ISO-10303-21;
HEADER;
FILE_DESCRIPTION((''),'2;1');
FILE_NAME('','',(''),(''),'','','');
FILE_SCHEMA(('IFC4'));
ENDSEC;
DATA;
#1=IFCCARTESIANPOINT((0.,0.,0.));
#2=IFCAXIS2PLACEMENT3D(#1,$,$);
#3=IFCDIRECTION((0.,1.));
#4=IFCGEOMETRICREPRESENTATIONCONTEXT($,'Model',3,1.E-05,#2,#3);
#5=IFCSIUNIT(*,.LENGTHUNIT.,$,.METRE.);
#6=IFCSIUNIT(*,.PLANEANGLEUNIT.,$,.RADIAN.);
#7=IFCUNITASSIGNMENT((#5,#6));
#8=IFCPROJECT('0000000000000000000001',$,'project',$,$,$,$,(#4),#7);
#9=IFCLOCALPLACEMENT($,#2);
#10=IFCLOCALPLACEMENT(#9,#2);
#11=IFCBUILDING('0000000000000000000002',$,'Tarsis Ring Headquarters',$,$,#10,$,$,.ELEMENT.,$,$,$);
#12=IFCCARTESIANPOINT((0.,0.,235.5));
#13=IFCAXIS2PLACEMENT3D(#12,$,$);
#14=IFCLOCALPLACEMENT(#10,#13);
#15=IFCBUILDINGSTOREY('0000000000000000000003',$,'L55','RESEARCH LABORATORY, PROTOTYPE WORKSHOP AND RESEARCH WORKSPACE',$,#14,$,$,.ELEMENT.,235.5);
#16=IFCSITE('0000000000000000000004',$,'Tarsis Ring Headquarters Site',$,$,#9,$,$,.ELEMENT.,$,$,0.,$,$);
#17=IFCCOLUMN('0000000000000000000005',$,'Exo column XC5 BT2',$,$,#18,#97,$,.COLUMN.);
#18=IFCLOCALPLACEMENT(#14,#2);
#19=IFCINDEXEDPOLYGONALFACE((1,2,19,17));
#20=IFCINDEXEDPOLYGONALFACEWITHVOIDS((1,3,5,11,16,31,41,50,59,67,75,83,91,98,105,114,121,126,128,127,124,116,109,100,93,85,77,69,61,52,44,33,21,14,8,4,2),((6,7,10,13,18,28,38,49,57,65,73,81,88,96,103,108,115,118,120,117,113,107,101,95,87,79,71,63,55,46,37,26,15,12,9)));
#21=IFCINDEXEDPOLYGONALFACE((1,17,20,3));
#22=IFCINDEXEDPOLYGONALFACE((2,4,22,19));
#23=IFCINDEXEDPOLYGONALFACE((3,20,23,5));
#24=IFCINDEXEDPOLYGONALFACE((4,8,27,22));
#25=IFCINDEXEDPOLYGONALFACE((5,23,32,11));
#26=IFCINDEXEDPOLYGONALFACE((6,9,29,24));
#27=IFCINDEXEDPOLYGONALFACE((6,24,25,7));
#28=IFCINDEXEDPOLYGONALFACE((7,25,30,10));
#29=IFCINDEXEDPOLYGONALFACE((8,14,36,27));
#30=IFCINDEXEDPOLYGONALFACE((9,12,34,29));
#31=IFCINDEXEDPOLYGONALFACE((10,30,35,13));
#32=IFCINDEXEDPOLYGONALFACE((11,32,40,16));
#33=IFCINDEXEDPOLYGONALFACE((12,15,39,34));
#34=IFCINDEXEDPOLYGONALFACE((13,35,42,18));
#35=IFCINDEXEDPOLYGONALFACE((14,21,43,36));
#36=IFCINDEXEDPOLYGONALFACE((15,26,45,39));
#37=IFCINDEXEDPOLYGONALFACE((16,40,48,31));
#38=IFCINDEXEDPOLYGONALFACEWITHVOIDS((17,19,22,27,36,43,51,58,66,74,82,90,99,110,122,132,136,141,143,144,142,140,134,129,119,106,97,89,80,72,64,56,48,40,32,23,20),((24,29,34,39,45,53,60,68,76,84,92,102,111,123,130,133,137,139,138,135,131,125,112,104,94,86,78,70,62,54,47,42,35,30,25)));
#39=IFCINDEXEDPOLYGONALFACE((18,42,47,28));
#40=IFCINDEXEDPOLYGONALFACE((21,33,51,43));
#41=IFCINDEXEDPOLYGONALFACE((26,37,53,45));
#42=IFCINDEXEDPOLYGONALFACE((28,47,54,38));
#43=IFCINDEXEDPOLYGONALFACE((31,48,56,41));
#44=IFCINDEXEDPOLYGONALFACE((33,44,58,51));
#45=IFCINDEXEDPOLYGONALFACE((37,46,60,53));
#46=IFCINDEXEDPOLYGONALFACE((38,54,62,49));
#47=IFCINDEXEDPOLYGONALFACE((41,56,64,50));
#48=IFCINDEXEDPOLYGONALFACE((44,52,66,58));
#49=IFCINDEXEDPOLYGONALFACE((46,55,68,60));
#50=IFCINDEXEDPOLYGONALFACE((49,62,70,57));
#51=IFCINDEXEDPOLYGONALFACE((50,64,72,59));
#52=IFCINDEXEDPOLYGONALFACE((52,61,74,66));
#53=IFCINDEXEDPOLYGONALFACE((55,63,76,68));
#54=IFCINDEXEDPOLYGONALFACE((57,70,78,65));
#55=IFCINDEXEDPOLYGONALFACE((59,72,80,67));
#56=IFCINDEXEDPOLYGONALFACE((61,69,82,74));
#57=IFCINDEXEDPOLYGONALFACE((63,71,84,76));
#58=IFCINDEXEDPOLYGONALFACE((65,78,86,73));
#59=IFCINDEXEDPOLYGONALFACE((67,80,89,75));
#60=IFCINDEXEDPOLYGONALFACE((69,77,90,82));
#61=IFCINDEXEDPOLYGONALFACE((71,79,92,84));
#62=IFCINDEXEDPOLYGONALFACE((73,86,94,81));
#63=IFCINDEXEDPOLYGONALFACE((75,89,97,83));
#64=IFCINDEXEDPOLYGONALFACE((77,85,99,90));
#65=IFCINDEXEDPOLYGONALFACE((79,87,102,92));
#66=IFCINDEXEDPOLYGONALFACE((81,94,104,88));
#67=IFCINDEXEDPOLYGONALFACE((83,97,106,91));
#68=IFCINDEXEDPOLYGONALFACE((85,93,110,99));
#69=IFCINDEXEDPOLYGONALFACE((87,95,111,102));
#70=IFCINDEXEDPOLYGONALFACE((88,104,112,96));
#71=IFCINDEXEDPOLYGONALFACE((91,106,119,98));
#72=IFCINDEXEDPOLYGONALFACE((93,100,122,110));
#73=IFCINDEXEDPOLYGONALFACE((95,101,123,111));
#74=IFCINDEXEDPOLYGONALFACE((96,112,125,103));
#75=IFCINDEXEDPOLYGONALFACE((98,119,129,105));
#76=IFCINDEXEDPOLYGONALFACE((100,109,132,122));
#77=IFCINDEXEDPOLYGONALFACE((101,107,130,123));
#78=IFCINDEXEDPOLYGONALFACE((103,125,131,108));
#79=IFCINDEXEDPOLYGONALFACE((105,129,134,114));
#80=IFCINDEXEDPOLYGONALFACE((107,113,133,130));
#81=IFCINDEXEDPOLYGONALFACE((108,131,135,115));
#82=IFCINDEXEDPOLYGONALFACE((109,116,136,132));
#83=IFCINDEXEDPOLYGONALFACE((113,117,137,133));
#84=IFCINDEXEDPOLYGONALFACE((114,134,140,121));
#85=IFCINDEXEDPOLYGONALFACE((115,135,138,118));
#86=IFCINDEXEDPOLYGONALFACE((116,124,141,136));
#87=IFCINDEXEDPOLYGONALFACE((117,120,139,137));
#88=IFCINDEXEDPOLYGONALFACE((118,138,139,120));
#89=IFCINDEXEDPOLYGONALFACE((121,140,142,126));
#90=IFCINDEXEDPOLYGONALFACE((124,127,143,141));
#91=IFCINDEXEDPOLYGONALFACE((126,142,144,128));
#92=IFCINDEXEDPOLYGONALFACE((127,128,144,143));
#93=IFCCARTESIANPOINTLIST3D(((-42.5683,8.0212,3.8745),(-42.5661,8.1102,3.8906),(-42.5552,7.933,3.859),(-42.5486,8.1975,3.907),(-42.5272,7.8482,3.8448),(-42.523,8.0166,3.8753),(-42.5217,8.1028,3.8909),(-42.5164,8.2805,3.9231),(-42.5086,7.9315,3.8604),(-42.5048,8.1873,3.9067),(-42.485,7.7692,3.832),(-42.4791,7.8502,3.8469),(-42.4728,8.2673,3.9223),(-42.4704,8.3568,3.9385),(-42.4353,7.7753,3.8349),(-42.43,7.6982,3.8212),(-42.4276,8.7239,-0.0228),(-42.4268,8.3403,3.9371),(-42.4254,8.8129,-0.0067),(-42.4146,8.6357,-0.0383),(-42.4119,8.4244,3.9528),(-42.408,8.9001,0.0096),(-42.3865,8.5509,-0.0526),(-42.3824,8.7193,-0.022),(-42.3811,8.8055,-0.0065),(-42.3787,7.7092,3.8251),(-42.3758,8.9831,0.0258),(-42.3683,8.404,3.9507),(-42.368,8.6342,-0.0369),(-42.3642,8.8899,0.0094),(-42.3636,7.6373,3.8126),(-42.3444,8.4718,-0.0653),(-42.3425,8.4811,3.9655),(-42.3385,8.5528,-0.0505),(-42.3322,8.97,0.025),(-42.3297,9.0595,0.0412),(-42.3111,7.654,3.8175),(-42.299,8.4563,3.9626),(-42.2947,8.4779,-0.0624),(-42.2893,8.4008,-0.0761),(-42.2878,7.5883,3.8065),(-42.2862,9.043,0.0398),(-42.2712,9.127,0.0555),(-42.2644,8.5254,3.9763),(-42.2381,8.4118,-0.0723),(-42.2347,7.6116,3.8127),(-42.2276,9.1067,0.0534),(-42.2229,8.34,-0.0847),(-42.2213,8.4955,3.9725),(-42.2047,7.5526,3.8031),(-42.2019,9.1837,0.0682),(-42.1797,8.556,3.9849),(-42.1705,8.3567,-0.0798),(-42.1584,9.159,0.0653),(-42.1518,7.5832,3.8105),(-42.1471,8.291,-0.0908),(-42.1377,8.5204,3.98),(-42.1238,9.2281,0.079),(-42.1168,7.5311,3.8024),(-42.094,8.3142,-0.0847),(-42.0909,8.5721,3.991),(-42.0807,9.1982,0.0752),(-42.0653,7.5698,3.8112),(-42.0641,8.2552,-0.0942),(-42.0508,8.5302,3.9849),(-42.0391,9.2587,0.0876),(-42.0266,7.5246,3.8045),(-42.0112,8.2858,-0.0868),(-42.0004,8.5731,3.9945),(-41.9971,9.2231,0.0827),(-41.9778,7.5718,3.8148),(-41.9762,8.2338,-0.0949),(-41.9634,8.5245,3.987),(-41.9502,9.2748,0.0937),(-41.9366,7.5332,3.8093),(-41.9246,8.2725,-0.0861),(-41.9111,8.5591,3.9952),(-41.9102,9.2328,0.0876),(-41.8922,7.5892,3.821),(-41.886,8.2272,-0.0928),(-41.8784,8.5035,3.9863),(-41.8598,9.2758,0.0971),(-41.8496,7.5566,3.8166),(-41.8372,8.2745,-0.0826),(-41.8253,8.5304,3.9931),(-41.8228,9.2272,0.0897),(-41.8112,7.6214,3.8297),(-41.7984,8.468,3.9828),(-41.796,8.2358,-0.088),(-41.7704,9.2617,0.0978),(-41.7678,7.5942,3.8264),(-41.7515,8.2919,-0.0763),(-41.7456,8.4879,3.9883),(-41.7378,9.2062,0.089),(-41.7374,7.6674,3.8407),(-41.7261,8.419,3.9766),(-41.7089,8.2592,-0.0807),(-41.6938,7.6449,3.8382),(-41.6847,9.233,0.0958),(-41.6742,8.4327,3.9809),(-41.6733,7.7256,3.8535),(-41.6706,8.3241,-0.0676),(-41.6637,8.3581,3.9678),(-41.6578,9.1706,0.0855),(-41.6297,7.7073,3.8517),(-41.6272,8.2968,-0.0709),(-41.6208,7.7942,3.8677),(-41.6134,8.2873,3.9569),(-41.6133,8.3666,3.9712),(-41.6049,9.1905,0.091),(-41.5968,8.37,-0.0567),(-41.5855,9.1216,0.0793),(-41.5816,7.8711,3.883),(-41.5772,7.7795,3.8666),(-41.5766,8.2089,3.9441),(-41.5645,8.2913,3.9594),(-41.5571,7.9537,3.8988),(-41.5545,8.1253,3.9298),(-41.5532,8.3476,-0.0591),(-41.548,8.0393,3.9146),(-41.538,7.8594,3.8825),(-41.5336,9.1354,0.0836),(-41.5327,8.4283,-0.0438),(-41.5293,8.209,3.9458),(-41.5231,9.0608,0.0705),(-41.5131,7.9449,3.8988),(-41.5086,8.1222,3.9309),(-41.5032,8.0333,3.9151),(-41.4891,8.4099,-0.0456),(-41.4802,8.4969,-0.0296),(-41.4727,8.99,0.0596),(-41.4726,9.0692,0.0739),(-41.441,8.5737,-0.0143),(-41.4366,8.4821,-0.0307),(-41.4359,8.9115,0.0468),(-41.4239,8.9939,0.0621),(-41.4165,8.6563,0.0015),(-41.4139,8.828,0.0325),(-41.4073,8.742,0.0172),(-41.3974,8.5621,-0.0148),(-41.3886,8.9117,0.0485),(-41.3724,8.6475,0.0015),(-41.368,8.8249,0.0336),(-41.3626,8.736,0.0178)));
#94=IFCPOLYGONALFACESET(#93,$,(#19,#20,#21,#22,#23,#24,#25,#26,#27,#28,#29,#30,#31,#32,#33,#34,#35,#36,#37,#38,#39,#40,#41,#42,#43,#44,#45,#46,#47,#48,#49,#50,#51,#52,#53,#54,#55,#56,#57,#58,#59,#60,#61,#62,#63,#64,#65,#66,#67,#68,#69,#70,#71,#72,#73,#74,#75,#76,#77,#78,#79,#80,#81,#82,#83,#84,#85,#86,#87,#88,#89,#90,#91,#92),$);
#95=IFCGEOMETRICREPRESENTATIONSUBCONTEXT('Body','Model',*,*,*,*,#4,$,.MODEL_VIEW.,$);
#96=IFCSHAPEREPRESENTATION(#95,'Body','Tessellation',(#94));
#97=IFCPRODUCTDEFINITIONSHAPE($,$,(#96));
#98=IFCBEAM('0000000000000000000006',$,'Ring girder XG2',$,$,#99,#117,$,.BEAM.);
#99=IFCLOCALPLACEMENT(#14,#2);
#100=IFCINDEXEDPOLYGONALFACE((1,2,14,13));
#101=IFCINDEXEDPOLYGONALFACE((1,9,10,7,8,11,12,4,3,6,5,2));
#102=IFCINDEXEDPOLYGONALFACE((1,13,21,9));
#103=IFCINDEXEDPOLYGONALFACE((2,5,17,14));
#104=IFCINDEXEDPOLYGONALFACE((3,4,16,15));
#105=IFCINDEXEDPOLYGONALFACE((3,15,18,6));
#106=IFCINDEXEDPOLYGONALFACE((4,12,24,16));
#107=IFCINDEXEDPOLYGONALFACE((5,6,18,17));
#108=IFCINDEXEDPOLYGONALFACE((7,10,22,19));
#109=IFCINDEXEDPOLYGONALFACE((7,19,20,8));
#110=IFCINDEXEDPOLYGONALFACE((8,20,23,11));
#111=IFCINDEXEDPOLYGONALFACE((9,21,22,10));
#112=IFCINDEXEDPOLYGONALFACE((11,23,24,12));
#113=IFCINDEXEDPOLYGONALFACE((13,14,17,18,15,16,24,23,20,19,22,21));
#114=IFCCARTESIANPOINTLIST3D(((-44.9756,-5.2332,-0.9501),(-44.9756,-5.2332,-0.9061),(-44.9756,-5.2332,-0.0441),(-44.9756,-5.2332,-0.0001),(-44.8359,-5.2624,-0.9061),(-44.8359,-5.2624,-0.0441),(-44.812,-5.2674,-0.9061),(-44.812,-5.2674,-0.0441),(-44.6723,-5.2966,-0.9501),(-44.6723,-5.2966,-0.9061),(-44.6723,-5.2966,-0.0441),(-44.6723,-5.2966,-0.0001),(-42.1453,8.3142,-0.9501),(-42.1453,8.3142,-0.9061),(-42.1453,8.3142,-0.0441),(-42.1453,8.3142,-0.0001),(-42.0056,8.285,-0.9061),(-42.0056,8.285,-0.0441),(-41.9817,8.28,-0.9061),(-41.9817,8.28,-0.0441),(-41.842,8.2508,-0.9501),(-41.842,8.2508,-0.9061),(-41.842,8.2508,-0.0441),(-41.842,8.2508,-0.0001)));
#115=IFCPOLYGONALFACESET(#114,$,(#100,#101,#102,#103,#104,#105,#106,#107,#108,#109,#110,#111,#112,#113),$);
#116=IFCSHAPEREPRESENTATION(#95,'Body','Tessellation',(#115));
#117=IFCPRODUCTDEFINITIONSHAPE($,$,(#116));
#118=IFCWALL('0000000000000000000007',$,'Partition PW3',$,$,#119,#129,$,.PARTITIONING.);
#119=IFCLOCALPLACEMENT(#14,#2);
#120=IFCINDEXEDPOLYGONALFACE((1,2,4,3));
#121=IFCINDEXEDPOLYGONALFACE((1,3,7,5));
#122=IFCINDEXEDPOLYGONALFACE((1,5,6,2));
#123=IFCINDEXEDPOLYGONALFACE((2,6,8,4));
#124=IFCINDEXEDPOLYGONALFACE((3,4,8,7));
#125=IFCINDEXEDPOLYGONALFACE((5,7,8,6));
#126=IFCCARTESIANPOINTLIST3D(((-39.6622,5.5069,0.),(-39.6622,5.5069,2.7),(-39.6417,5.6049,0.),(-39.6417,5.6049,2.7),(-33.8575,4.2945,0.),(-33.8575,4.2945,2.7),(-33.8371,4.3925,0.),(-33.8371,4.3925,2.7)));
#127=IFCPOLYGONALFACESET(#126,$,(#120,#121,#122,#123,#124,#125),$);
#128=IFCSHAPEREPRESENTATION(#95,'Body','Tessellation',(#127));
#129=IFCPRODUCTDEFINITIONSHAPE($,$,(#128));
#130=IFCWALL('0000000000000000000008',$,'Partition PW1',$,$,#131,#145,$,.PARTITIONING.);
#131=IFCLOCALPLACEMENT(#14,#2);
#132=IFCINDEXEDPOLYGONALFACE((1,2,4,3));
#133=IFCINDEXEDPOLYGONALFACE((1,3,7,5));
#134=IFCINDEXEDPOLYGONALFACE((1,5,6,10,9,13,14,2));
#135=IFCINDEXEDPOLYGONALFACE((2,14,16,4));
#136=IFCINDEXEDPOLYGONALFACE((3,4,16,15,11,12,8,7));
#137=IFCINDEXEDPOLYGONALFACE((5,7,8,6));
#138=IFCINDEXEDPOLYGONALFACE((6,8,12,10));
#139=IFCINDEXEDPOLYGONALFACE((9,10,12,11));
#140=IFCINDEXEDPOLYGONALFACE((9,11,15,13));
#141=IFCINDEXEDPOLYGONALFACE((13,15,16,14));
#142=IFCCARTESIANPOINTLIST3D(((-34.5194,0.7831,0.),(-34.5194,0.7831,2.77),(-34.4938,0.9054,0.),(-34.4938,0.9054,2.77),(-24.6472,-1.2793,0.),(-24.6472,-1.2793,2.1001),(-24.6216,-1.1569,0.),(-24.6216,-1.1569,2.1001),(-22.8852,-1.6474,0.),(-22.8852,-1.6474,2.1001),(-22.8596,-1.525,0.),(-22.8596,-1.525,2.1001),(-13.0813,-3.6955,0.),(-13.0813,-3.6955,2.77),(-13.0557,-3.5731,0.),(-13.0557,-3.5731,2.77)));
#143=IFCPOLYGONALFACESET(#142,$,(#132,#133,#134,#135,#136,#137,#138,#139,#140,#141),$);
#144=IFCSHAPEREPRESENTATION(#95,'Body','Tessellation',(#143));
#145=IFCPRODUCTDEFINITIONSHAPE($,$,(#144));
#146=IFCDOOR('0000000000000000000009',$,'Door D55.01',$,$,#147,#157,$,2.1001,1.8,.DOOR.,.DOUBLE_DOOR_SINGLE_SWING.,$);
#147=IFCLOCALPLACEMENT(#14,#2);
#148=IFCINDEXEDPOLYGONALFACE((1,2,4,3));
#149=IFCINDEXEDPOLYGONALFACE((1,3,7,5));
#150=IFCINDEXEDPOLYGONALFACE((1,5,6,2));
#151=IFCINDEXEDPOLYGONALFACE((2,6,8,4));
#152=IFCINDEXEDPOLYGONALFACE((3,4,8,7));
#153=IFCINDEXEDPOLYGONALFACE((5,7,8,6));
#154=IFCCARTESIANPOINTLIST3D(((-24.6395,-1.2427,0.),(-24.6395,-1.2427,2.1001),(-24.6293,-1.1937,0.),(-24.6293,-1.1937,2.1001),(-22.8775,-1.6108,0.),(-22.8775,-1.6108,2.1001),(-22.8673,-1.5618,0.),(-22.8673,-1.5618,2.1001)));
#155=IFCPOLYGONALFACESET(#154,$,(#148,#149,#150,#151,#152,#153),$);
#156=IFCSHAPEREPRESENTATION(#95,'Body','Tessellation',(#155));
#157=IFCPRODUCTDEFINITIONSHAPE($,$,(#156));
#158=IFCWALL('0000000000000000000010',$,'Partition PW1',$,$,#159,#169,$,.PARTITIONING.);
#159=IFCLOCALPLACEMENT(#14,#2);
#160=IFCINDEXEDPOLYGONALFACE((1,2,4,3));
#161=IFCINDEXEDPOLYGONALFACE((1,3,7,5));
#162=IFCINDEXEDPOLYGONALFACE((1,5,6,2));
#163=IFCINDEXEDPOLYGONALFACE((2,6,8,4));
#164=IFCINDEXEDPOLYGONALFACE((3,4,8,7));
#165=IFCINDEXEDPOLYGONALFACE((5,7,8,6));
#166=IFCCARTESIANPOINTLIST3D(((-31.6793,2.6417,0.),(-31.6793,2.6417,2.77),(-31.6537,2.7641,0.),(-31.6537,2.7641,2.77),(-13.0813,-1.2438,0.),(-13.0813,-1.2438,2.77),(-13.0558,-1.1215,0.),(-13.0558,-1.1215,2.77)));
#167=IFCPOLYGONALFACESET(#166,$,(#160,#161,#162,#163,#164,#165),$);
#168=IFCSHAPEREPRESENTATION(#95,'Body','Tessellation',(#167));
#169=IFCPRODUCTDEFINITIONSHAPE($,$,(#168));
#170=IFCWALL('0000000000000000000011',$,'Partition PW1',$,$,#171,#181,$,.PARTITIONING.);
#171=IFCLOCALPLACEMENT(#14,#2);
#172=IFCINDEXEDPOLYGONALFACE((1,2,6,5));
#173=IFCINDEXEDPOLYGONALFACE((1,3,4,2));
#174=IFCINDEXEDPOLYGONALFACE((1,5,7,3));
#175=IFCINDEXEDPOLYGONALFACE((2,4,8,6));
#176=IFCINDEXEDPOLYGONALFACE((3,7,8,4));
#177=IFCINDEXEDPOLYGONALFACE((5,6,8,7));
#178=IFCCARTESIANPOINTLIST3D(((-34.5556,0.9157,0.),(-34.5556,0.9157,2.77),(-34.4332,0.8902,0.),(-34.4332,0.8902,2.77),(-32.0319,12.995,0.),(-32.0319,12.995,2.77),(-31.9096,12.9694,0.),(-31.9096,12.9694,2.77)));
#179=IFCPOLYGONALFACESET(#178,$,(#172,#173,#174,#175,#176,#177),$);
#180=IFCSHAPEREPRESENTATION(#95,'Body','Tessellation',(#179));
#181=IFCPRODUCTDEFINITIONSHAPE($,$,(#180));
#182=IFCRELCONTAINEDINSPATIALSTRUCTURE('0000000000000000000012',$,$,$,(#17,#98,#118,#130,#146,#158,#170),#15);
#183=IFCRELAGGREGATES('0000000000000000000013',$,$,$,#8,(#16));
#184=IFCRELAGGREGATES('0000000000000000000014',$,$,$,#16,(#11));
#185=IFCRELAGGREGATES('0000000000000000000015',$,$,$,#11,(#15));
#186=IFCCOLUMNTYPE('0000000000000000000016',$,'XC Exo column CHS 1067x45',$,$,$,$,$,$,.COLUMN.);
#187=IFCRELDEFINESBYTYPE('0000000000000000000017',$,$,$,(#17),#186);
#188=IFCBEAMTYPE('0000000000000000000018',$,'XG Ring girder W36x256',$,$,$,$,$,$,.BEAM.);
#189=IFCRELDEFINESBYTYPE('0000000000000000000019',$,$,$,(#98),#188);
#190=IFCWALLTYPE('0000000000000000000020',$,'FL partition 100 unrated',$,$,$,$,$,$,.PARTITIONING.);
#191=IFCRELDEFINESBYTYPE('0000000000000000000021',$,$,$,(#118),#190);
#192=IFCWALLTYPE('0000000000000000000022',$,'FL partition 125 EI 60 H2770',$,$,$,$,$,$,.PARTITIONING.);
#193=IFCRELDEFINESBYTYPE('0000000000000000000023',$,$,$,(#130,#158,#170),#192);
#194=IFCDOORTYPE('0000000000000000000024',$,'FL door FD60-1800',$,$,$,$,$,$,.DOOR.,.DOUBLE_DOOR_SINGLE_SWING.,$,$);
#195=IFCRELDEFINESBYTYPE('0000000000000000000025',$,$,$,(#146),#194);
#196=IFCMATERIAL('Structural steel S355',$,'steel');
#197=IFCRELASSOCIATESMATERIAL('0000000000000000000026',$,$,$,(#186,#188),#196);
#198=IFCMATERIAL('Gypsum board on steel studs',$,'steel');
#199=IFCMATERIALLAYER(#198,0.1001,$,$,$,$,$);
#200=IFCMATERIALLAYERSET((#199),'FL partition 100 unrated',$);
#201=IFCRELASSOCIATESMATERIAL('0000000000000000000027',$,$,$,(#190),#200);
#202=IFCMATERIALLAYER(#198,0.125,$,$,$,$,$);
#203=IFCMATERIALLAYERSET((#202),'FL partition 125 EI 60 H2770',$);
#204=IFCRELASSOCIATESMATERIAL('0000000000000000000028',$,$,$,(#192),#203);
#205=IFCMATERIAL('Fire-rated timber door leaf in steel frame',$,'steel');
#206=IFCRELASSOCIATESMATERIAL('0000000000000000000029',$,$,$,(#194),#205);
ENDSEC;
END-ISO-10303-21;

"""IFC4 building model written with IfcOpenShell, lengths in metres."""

from ifc_helpers import new_model, si_unit, direction, frame, frame_2d, origin, origin_2d, place, context, subcontext, project, spatial, rectangle, hollow_circle, i_section, extrude, material, layer, layer_set, material_profile, profile_set, type_object, element, fill, save


model = new_model("IFC4")

# Units and contexts
model_context = context("Model", 3, precision=1e-05, world=origin(), true_north=direction((0.0, 1.0)))
body_context = subcontext(model_context, "Body", "Model", "MODEL_VIEW")
ifc_project = project(units=[si_unit("LENGTHUNIT", "METRE"), si_unit("PLANEANGLEUNIT", "RADIAN")], contexts=[model_context])

# Site, building, storey
site_placement = place(None, origin())
site = spatial("IfcSite", under=ifc_project, at=site_placement, Name="Tarsis Ring Headquarters Site", CompositionType="ELEMENT", RefElevation=0.0)
building_placement = place(site_placement, origin())
building = spatial("IfcBuilding", under=site, at=building_placement, Name="Tarsis Ring Headquarters", CompositionType="ELEMENT")
storey_placement = place(building_placement, frame((0.0, 0.0, 235.5)))
storey = spatial("IfcBuildingStorey", under=building, at=storey_placement, Name="L55", Description="RESEARCH LABORATORY, PROTOTYPE WORKSHOP AND RESEARCH WORKSPACE", CompositionType="ELEMENT", Elevation=235.5)

# Column
ifc_material_1 = material(Name="Structural steel S355", Category="steel")
ifc_material_profile_1 = material_profile(ifc_material_1, hollow_circle(Radius=0.5334, WallThickness=0.0449, at=origin_2d()), Name="CHS 1067x45")
ifc_profile_set_1 = profile_set([ifc_material_profile_1], Name="Structural steel S355")
column_type = type_object("IfcColumnType", Name="XC Exo column CHS 1067x45", PredefinedType="COLUMN", material=ifc_profile_set_1)
column_placement = place(storey_placement, frame((-41.8955, 8.7522, 0.0015), z_axis=(-0.035489, -0.17732, 0.983513), x_axis=(0.980554, -0.196247, 0.0)))
element("IfcColumn", 1, at=column_placement, inside=storey, type_object=column_type, Name="Exo column XC5 BT2", PredefinedType="COLUMN", context=body_context, shape_type="SweptSolid", body=[
    extrude(hollow_circle(Radius=0.5334, WallThickness=0.0449, at=origin_2d()), origin(), (0.0, 0.0, 1.0), 3.9626),
])

# Beam
ifc_material_profile_2 = material_profile(ifc_material_1, i_section(OverallWidth=0.3098, OverallDepth=0.95, WebThickness=0.0244, FlangeThickness=0.0439, at=origin_2d()), Name="W36x256")
ifc_profile_set_2 = profile_set([ifc_material_profile_2], Name="Structural steel S355")
beam_type = type_object("IfcBeamType", Name="XG Ring girder W36x256", PredefinedType="BEAM", material=ifc_profile_set_2)
beam_placement = place(storey_placement, frame((-41.9937, 8.2825, -0.4751), z_axis=(-0.204505, -0.978865, 0.0), x_axis=(0.978865, -0.204505, 0.0)))
element("IfcBeam", 2, at=beam_placement, inside=storey, type_object=beam_type, Name="Ring girder XG2", PredefinedType="BEAM", context=body_context, shape_type="SweptSolid", body=[
    extrude(i_section(OverallWidth=0.3098, OverallDepth=0.95, WebThickness=0.0244, FlangeThickness=0.0439, at=origin_2d()), origin(), (0.0, 0.0, 1.0), 13.8398),
])

# Wall
ifc_material_2 = material(Name="Gypsum board on steel studs", Category="steel")
ifc_layer_1 = layer(ifc_material_2, 0.1001)
ifc_layer_set_1 = layer_set([ifc_layer_1], Name="FL partition 100 unrated")
wall_type_1 = type_object("IfcWallType", Name="FL partition 100 unrated", PredefinedType="PARTITIONING", material=ifc_layer_set_1)
wall_1_placement = place(storey_placement, frame((-39.6519, 5.5559, 0.0), z_axis=(0.0, 0.0, 1.0), x_axis=(0.978876, -0.204454, 0.0)))
element("IfcWall", 3, at=wall_1_placement, inside=storey, type_object=wall_type_1, Name="Partition PW3", PredefinedType="PARTITIONING", context=body_context, shape_type="SweptSolid", body=[
    extrude(rectangle(XDim=5.9299, YDim=0.1001, at=frame_2d((2.9648, 0.0))), origin(), (0.0, 0.0, 1.0), 2.7),
])

# Wall, opening, door
ifc_layer_2 = layer(ifc_material_2, 0.125)
ifc_layer_set_2 = layer_set([ifc_layer_2], Name="FL partition 125 EI 60 H2770")
wall_type_2 = type_object("IfcWallType", Name="FL partition 125 EI 60 H2770", PredefinedType="PARTITIONING", material=ifc_layer_set_2)
wall_2_placement = place(storey_placement, frame((-34.5066, 0.8442, 0.0), z_axis=(0.0, 0.0, 1.0), x_axis=(0.978868, -0.204491, 0.0)))
wall_2 = element("IfcWall", 4, at=wall_2_placement, inside=storey, type_object=wall_type_2, Name="Partition PW1", PredefinedType="PARTITIONING", context=body_context, shape_type="SweptSolid", body=[
    extrude(rectangle(XDim=21.9009, YDim=0.125, at=frame_2d((10.9504, 0.0))), origin(), (0.0, 0.0, 1.0), 2.77),
])
opening_placement = place(wall_2_placement, frame((10.0854, 0.0, 0.0)))
opening = element("IfcOpeningElement", 5, at=opening_placement, cuts=wall_2, PredefinedType="OPENING", context=body_context, shape_type="SweptSolid", body=[
    extrude(rectangle(XDim=1.8, YDim=2.1001, at=frame_2d((0.8999, 1.05))), frame((0.0, 0.0725, 0.0), z_axis=(0.0, -1.0, 0.0), x_axis=(1.0, 0.0, 0.0)), (0.0, 0.0, 1.0), 0.145),
])
ifc_material_3 = material(Name="Fire-rated timber door leaf in steel frame", Category="steel")
door_type = type_object("IfcDoorType", Name="FL door FD60-1800", OperationType="DOUBLE_DOOR_SINGLE_SWING", PredefinedType="DOOR", material=ifc_material_3)
door_placement = place(opening_placement, origin())
door = element("IfcDoor", 6, at=door_placement, inside=storey, type_object=door_type, Name="Door D55.01", OperationType="DOUBLE_DOOR_SINGLE_SWING", OverallHeight=2.1001, OverallWidth=1.8, PredefinedType="DOOR", context=body_context, shape_type="SweptSolid", body=[
    extrude(rectangle(XDim=1.8, YDim=2.1001, at=frame_2d((0.8999, 1.05))), frame((0.0, 0.0249, 0.0), z_axis=(0.0, -1.0, 0.0), x_axis=(1.0, 0.0, 0.0)), (0.0, 0.0, 1.0), 0.05),
])
fill(opening, door)

# Walls
wall_3_placement = place(storey_placement, frame((-31.6665, 2.7029, 0.0), z_axis=(0.0, 0.0, 1.0), x_axis=(0.978865, -0.204506, 0.0)))
element("IfcWall", 7, at=wall_3_placement, inside=storey, type_object=wall_type_2, Name="Partition PW1", PredefinedType="PARTITIONING", context=body_context, shape_type="SweptSolid", body=[
    extrude(rectangle(XDim=18.9995, YDim=0.125, at=frame_2d((9.4998, 0.0))), origin(), (0.0, 0.0, 1.0), 2.77),
])
wall_4_placement = place(storey_placement, frame((-34.4944, 0.9031, 0.0), z_axis=(0.0, 0.0, 1.0), x_axis=(0.20451, 0.978865, 0.0)))
element("IfcWall", 8, at=wall_4_placement, inside=storey, type_object=wall_type_2, Name="Partition PW1", PredefinedType="PARTITIONING", context=body_context, shape_type="SweptSolid", body=[
    extrude(rectangle(XDim=12.3401, YDim=0.125, at=frame_2d((6.1699, 0.0))), origin(), (0.0, 0.0, 1.0), 2.77),
])

save(model, "model.ifc")
